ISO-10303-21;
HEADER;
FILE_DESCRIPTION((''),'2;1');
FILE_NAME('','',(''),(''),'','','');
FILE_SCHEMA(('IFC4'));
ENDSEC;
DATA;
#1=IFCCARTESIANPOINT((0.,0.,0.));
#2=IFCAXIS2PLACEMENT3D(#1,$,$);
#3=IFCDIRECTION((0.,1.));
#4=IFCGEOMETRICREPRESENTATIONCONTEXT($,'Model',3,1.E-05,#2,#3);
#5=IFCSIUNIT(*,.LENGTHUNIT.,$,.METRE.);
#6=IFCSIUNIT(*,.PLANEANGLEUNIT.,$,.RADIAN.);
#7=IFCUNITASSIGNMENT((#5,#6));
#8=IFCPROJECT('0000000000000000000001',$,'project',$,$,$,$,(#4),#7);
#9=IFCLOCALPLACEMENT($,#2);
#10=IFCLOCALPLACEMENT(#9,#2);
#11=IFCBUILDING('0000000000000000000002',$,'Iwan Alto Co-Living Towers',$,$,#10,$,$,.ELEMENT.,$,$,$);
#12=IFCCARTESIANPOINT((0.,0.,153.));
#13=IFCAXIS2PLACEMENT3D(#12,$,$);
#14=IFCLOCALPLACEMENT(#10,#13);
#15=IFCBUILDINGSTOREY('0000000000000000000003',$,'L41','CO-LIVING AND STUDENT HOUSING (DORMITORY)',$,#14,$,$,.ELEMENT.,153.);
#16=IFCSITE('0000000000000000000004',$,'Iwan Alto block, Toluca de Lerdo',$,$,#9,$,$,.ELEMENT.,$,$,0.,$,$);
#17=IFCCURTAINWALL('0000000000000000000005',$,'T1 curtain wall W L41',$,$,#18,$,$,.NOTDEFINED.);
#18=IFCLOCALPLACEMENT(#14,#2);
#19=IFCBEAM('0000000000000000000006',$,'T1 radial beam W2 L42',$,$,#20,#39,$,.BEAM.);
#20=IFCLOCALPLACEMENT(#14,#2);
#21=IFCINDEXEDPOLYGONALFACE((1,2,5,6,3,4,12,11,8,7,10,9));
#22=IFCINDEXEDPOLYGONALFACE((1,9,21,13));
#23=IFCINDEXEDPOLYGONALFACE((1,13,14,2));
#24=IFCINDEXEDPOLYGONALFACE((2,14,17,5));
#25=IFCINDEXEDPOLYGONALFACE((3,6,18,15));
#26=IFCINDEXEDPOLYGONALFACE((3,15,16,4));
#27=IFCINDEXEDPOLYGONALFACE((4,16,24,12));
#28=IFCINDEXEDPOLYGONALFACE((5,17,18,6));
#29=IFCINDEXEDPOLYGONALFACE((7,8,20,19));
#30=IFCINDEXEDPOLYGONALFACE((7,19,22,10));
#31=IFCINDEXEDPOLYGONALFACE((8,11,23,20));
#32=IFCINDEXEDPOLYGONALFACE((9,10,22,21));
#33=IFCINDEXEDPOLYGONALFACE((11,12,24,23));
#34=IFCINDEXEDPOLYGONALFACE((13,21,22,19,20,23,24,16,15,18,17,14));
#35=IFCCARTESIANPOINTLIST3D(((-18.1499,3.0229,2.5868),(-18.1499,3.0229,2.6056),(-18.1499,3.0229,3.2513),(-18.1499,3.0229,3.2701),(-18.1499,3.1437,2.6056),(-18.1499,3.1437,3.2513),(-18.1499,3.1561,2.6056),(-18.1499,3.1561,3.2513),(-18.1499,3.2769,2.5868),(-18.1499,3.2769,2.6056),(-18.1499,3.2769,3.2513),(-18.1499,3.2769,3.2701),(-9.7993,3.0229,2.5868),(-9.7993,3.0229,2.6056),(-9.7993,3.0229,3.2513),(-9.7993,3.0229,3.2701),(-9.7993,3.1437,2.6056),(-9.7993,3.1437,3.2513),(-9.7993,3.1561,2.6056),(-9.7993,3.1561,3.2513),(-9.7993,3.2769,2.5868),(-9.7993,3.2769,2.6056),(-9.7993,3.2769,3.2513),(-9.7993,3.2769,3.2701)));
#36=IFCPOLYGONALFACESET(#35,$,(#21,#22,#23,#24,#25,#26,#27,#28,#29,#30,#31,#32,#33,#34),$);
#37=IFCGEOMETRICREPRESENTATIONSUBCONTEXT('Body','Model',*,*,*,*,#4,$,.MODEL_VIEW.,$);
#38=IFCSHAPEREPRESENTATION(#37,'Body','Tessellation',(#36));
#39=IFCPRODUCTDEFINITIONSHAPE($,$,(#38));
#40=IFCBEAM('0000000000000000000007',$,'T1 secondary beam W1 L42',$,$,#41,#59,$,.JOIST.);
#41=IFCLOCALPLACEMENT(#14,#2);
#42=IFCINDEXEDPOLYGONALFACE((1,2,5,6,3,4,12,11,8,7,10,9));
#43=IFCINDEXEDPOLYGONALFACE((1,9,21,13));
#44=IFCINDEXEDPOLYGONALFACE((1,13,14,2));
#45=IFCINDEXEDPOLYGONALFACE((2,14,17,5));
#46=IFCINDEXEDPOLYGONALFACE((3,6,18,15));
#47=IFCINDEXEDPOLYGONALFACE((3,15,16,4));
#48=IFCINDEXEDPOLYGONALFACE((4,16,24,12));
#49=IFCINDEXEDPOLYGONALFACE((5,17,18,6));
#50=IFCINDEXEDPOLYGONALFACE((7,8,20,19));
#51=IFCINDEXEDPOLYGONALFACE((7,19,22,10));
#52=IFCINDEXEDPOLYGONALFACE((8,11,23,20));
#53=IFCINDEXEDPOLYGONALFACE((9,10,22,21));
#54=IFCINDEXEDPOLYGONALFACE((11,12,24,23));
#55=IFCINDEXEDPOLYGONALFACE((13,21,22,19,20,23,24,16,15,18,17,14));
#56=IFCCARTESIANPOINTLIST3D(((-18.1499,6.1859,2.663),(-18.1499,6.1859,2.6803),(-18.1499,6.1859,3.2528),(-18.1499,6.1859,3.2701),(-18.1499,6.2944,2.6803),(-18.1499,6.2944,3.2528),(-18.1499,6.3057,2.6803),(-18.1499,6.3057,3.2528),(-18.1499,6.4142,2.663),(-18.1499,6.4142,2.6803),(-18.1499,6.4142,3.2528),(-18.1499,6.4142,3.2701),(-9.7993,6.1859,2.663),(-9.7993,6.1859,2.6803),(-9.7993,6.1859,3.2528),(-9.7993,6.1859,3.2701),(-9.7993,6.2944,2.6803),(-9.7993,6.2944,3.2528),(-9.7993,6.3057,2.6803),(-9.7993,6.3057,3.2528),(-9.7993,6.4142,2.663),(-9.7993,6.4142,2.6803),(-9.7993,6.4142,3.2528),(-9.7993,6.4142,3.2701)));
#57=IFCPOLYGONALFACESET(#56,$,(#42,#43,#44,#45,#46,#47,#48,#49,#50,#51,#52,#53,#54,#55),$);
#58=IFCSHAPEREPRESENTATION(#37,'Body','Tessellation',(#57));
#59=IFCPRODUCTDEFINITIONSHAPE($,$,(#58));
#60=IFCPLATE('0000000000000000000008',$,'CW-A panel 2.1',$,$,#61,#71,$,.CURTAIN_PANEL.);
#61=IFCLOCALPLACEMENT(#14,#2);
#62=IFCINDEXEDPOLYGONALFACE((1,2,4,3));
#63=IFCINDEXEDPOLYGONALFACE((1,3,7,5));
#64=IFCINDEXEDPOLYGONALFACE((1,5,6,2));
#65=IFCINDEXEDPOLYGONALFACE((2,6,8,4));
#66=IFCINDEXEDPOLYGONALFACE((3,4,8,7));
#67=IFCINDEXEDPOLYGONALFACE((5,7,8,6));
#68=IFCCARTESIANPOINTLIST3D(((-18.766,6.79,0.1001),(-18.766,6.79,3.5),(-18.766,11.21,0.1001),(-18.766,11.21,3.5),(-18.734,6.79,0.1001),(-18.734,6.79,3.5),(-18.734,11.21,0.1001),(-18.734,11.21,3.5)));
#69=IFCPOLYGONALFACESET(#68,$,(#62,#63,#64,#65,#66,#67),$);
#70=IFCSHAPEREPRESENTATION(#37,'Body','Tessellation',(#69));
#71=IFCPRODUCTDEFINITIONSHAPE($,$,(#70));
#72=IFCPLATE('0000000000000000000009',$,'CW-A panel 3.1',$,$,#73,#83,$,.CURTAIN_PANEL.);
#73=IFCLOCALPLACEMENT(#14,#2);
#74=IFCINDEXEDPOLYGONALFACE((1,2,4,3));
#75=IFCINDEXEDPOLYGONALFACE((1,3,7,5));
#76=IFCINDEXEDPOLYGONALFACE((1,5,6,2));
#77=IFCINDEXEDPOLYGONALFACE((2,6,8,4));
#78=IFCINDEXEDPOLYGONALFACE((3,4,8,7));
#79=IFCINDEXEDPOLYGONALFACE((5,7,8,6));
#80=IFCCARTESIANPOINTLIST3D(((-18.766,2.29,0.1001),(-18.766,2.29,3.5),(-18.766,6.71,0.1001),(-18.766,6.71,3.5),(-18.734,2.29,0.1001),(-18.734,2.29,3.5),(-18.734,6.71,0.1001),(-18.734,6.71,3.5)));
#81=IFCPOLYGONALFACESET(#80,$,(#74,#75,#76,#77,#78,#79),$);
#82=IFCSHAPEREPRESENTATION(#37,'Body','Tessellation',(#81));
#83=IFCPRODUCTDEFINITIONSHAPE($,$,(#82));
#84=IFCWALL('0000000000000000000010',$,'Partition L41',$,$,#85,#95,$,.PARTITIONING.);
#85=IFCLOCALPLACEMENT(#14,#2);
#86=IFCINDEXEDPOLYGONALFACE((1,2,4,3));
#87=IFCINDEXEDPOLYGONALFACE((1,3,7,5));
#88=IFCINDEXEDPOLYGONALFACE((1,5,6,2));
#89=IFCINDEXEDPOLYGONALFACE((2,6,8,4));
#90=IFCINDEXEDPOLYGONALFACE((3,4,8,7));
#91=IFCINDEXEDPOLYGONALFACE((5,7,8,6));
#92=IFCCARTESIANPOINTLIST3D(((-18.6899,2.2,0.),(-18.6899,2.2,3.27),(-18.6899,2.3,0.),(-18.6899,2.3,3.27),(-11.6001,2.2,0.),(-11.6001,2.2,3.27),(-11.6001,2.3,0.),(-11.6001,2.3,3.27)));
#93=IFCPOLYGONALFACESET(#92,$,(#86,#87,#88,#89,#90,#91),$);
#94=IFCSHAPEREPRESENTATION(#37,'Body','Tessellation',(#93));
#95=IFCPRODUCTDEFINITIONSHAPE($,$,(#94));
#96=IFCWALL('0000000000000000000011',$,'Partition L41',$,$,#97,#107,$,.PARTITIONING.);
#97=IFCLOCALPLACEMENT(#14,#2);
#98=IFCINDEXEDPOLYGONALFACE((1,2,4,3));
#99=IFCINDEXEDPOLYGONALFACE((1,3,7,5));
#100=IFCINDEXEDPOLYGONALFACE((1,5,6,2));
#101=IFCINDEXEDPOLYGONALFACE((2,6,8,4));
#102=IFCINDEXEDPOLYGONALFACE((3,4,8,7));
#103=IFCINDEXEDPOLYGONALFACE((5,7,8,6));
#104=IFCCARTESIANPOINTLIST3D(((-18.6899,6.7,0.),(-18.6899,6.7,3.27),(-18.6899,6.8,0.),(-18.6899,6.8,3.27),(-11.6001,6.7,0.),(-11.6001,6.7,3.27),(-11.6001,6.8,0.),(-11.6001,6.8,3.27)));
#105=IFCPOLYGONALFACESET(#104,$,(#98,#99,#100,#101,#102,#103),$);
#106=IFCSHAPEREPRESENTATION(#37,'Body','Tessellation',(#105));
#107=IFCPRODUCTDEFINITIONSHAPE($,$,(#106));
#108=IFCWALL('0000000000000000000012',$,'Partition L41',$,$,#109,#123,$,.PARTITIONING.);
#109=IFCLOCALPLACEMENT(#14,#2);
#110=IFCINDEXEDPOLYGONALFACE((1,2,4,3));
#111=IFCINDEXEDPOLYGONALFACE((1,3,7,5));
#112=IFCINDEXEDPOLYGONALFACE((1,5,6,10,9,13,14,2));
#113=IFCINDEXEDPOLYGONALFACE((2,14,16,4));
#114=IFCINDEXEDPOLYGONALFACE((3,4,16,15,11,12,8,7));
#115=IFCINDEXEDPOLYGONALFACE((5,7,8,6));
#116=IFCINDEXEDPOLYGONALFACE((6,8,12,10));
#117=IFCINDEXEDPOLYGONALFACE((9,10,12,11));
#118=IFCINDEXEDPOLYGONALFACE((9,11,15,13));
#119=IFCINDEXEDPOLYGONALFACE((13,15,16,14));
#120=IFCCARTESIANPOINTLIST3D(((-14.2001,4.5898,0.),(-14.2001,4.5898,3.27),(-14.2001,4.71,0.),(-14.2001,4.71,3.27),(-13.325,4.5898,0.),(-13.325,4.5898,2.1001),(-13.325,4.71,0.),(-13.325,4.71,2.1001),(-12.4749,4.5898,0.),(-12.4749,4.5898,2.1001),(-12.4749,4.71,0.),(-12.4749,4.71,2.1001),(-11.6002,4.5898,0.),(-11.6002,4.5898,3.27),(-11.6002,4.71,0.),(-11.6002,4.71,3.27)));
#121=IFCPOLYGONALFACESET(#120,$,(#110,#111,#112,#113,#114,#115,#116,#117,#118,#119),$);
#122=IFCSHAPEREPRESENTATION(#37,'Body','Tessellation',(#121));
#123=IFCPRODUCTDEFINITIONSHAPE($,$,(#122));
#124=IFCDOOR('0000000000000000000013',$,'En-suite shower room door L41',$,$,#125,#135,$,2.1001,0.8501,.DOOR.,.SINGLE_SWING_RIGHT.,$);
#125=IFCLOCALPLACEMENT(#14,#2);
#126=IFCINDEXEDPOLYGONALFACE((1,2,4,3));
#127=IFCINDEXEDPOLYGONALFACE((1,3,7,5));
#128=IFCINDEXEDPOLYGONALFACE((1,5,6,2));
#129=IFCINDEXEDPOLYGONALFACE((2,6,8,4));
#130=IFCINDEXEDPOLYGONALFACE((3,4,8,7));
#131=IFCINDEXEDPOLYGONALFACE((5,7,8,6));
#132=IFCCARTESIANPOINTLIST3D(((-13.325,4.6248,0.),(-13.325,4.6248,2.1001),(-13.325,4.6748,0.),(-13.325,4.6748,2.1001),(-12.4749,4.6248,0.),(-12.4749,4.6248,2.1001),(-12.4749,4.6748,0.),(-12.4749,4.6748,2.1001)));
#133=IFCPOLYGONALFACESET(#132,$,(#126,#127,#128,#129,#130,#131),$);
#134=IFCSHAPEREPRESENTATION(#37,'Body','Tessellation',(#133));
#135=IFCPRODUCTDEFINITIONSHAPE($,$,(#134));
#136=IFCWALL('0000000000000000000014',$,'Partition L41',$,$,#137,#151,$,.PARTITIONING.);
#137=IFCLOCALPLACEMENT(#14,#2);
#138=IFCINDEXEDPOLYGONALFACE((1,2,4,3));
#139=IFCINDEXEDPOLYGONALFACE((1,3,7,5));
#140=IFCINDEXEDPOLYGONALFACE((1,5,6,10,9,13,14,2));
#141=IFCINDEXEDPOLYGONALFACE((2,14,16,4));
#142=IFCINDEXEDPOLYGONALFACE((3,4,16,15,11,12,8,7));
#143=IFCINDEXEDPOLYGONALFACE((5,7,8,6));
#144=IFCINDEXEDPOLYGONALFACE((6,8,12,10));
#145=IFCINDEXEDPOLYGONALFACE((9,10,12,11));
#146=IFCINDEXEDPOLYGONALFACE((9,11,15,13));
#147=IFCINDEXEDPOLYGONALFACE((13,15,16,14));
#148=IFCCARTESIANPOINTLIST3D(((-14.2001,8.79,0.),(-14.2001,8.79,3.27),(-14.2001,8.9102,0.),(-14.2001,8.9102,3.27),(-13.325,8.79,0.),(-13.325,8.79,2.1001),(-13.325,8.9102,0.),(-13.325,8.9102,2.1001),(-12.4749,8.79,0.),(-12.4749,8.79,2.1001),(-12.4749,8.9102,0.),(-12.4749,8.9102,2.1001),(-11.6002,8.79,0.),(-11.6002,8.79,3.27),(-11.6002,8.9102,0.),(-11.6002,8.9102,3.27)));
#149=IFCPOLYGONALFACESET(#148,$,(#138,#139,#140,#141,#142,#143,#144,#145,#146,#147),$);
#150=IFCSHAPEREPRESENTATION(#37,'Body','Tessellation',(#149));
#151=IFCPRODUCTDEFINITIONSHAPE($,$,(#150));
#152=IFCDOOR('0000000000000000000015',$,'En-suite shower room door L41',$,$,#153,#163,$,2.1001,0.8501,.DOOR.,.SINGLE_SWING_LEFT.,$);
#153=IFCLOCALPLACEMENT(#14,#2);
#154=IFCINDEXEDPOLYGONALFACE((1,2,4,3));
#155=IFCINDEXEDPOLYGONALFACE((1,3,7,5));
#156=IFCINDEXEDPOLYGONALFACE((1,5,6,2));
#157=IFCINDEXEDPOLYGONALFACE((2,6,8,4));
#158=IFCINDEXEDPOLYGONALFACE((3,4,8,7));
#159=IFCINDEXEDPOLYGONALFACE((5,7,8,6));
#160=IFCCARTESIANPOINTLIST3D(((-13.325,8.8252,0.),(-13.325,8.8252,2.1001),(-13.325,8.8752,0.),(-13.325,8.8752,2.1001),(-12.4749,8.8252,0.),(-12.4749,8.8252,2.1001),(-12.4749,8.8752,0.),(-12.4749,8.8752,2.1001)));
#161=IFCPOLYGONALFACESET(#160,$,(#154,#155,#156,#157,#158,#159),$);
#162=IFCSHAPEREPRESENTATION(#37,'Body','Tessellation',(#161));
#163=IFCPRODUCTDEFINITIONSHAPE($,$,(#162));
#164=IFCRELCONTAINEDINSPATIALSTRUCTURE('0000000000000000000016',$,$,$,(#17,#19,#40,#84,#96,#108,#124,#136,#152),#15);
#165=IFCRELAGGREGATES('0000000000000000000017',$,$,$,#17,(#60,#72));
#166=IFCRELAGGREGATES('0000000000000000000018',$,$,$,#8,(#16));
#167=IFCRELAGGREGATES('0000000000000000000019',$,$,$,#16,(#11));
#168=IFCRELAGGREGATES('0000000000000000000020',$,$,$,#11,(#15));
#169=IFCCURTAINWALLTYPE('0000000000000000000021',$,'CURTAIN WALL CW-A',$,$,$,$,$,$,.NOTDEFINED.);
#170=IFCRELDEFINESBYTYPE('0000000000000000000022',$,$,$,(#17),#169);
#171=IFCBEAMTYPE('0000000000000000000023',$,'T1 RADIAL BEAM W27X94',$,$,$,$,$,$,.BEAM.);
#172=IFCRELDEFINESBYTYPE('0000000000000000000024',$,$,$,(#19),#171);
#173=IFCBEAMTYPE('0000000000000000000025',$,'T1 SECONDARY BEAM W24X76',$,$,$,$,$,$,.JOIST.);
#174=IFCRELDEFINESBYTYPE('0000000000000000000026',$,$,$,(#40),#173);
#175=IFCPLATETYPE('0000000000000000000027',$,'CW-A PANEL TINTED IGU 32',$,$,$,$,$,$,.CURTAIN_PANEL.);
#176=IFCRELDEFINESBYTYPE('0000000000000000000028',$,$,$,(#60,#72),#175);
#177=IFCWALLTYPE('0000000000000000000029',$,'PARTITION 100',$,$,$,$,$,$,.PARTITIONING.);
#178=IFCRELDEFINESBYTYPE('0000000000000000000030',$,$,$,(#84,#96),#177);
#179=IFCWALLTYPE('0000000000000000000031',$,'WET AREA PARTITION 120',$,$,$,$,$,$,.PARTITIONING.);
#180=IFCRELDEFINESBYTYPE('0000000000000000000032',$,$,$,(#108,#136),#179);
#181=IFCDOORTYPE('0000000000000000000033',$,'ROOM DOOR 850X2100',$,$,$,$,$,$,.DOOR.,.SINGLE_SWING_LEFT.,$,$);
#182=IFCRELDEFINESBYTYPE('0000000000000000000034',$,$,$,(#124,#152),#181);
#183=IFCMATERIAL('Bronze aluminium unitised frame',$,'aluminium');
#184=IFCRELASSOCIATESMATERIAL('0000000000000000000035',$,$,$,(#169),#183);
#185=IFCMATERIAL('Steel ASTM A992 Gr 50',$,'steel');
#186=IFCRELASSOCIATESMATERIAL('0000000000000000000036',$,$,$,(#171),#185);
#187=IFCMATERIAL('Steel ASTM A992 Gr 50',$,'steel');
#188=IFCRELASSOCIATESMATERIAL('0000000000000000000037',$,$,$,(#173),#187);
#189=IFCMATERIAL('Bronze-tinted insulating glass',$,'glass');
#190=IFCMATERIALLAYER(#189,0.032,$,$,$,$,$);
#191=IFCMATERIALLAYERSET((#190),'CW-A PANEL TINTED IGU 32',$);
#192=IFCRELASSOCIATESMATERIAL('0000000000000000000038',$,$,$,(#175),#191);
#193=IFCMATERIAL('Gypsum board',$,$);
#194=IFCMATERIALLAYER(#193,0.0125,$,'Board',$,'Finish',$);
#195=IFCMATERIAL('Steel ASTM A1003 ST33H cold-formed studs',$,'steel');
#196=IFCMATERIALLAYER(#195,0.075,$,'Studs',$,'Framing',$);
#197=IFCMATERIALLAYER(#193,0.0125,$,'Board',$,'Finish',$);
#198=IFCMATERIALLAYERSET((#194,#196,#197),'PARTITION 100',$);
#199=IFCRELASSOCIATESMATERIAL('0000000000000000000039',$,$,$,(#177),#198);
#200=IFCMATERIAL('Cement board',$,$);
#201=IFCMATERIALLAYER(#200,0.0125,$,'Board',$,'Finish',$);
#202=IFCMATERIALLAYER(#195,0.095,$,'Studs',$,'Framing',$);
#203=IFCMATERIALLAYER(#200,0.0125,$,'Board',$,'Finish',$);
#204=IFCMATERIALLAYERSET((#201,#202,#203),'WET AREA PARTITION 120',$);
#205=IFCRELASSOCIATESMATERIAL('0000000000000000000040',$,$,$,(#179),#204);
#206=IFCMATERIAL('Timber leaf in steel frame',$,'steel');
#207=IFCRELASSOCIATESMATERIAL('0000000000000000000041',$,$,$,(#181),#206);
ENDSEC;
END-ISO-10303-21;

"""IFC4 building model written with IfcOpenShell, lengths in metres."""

from ifc_helpers import new_model, si_unit, direction, frame, frame_2d, origin, origin_2d, place, context, subcontext, project, spatial, rectangle, i_section, extrude, material, layer, layer_set, material_profile, profile_set, type_object, element, fill, aggregate, save


model = new_model("IFC4")

# Units and contexts
model_context = context("Model", 3, precision=1e-05, world=origin(), true_north=direction((0.0, 1.0)))
body_context = subcontext(model_context, "Body", "Model", "MODEL_VIEW")
ifc_project = project(units=[si_unit("LENGTHUNIT", "METRE"), si_unit("PLANEANGLEUNIT", "RADIAN")], contexts=[model_context])

# Site, building, storey
site_placement = place(None, origin())
site = spatial("IfcSite", under=ifc_project, at=site_placement, Name="Iwan Alto block, Toluca de Lerdo", CompositionType="ELEMENT", RefElevation=0.0)
building_placement = place(site_placement, origin())
building = spatial("IfcBuilding", under=site, at=building_placement, Name="Iwan Alto Co-Living Towers", CompositionType="ELEMENT")
storey_placement = place(building_placement, frame((0.0, 0.0, 153.0)))
storey = spatial("IfcBuildingStorey", under=building, at=storey_placement, Name="L41", Description="CO-LIVING AND STUDENT HOUSING (DORMITORY)", CompositionType="ELEMENT", Elevation=153.0)

# Curtain wall
ifc_material_1 = material(Name="Bronze aluminium unitised frame", Category="aluminium")
curtain_wall_type = type_object("IfcCurtainWallType", Name="CURTAIN WALL CW-A", PredefinedType="NOTDEFINED", material=ifc_material_1)
curtain_wall_placement = place(storey_placement, origin())
curtain_wall = element("IfcCurtainWall", 1, at=curtain_wall_placement, inside=storey, type_object=curtain_wall_type, Name="T1 curtain wall W L41", PredefinedType="NOTDEFINED")

# Beams
ifc_material_2 = material(Name="Steel ASTM A992 Gr 50", Category="steel")
ifc_material_profile_1 = material_profile(ifc_material_2, i_section(OverallWidth=0.2539, OverallDepth=0.6833, WebThickness=0.0125, FlangeThickness=0.0188, at=origin_2d()), Name="W27X94")
ifc_profile_set_1 = profile_set([ifc_material_profile_1], Name="Steel ASTM A992 Gr 50")
beam_type_1 = type_object("IfcBeamType", Name="T1 RADIAL BEAM W27X94", PredefinedType="BEAM", material=ifc_profile_set_1)
for number, where, z_axis, x_axis, name in (
    (2, (-18.1499, 3.1499, 2.9285), (1.0, 0.0, 0.0), (0.0, 1.0, 0.0), "T1 radial beam W2 L42"),
):
    element("IfcBeam", number, at=place(storey_placement, frame(where, z_axis=z_axis, x_axis=x_axis)), inside=storey, type_object=beam_type_1, Name=name, PredefinedType="BEAM", context=body_context, shape_type="SweptSolid", body=[
        extrude(i_section(OverallWidth=0.2539, OverallDepth=0.6833, WebThickness=0.0125, FlangeThickness=0.0188, at=origin_2d()), origin(), (0.0, 0.0, 1.0), 8.3506),
    ])
ifc_material_3 = material(Name="Steel ASTM A992 Gr 50", Category="steel")
ifc_material_profile_2 = material_profile(ifc_material_3, i_section(OverallWidth=0.2283, OverallDepth=0.6072, WebThickness=0.0112, FlangeThickness=0.0173, at=origin_2d()), Name="W24X76")
ifc_profile_set_2 = profile_set([ifc_material_profile_2], Name="Steel ASTM A992 Gr 50")
beam_type_2 = type_object("IfcBeamType", Name="T1 SECONDARY BEAM W24X76", PredefinedType="JOIST", material=ifc_profile_set_2)
beam_1_placement = place(storey_placement, frame((-18.1499, 6.3, 2.9666), z_axis=(1.0, 0.0, 0.0), x_axis=(0.0, 1.0, 0.0)))
element("IfcBeam", 3, at=beam_1_placement, inside=storey, type_object=beam_type_2, Name="T1 secondary beam W1 L42", PredefinedType="JOIST", context=body_context, shape_type="SweptSolid", body=[
    extrude(i_section(OverallWidth=0.2283, OverallDepth=0.6072, WebThickness=0.0112, FlangeThickness=0.0173, at=origin_2d()), origin(), (0.0, 0.0, 1.0), 8.3506),
])

# Plates
ifc_material_4 = material(Name="Bronze-tinted insulating glass", Category="glass")
ifc_layer_1 = layer(ifc_material_4, 0.032)
ifc_layer_set_1 = layer_set([ifc_layer_1], Name="CW-A PANEL TINTED IGU 32")
plate_type = type_object("IfcPlateType", Name="CW-A PANEL TINTED IGU 32", PredefinedType="CURTAIN_PANEL", material=ifc_layer_set_1)
plate_1_placement = place(storey_placement, frame((-18.75, 9.0, 0.1001), z_axis=(0.0, 0.0, 1.0), x_axis=(0.0, -1.0, 0.0)))
plate_1 = element("IfcPlate", 4, at=plate_1_placement, type_object=plate_type, Name="CW-A panel 2.1", PredefinedType="CURTAIN_PANEL", context=body_context, shape_type="SweptSolid", body=[
    extrude(rectangle(XDim=4.4199, YDim=0.032, at=origin_2d()), origin(), (0.0, 0.0, 1.0), 3.3999),
])
plate_2_placement = place(storey_placement, frame((-18.75, 4.5, 0.1001), z_axis=(0.0, 0.0, 1.0), x_axis=(0.0, -1.0, 0.0)))
plate_2 = element("IfcPlate", 5, at=plate_2_placement, type_object=plate_type, Name="CW-A panel 3.1", PredefinedType="CURTAIN_PANEL", context=body_context, shape_type="SweptSolid", body=[
    extrude(rectangle(XDim=4.4199, YDim=0.032, at=origin_2d()), origin(), (0.0, 0.0, 1.0), 3.3999),
])
aggregate(curtain_wall, [plate_1, plate_2])

# Walls
ifc_material_5 = material(Name="Gypsum board")
ifc_layer_2 = layer(ifc_material_5, 0.0125, Name="Board", Category="Finish")
ifc_material_6 = material(Name="Steel ASTM A1003 ST33H cold-formed studs", Category="steel")
ifc_layer_3 = layer(ifc_material_6, 0.075, Name="Studs", Category="Framing")
ifc_layer_4 = layer(ifc_material_5, 0.0125, Name="Board", Category="Finish")
ifc_layer_set_2 = layer_set([ifc_layer_2, ifc_layer_3, ifc_layer_4], Name="PARTITION 100")
wall_type_1 = type_object("IfcWallType", Name="PARTITION 100", PredefinedType="PARTITIONING", material=ifc_layer_set_2)
for number, where, z_axis, x_axis, name in (
    (6, (-18.6899, 2.25, 0.0), (0.0, 0.0, 1.0), (1.0, 0.0, 0.0), "Partition L41"),
    (7, (-18.6899, 6.75, 0.0), (0.0, 0.0, 1.0), (1.0, 0.0, 0.0), "Partition L41"),
):
    element("IfcWall", number, at=place(storey_placement, frame(where, z_axis=z_axis, x_axis=x_axis)), inside=storey, type_object=wall_type_1, Name=name, PredefinedType="PARTITIONING", context=body_context, shape_type="SweptSolid", body=[
        extrude(rectangle(XDim=7.0898, YDim=0.1001, at=frame_2d((3.5449, 0.0))), origin(), (0.0, 0.0, 1.0), 3.27),
    ])

# Walls, openings, doors
ifc_material_7 = material(Name="Cement board")
ifc_layer_5 = layer(ifc_material_7, 0.0125, Name="Board", Category="Finish")
ifc_layer_6 = layer(ifc_material_6, 0.095, Name="Studs", Category="Framing")
ifc_layer_7 = layer(ifc_material_7, 0.0125, Name="Board", Category="Finish")
ifc_layer_set_3 = layer_set([ifc_layer_5, ifc_layer_6, ifc_layer_7], Name="WET AREA PARTITION 120")
wall_type_2 = type_object("IfcWallType", Name="WET AREA PARTITION 120", PredefinedType="PARTITIONING", material=ifc_layer_set_3)
wall_1_placement = place(storey_placement, frame((-14.2, 4.6499, 0.0), z_axis=(0.0, 0.0, 1.0), x_axis=(1.0, 0.0, 0.0)))
wall_1 = element("IfcWall", 8, at=wall_1_placement, inside=storey, type_object=wall_type_2, Name="Partition L41", PredefinedType="PARTITIONING", context=body_context, shape_type="SweptSolid", body=[
    extrude(rectangle(XDim=2.5999, YDim=0.1201, at=frame_2d((1.2998, 0.0))), origin(), (0.0, 0.0, 1.0), 3.27),
])
opening_1_placement = place(wall_1_placement, frame((0.875, 0.0, 0.0)))
opening_1 = element("IfcOpeningElement", 9, at=opening_1_placement, cuts=wall_1, PredefinedType="OPENING", context=body_context, shape_type="SweptSolid", body=[
    extrude(rectangle(XDim=0.8501, YDim=2.1001, at=frame_2d((0.425, 1.05))), frame((0.0, 0.0701, 0.0), z_axis=(0.0, -1.0, 0.0), x_axis=(1.0, 0.0, 0.0)), (0.0, 0.0, 1.0), 0.1401),
])
ifc_material_8 = material(Name="Timber leaf in steel frame", Category="steel")
door_type = type_object("IfcDoorType", Name="ROOM DOOR 850X2100", OperationType="SINGLE_SWING_LEFT", PredefinedType="DOOR", material=ifc_material_8)
door_1_placement = place(opening_1_placement, origin())
door_1 = element("IfcDoor", 10, at=door_1_placement, inside=storey, type_object=door_type, Name="En-suite shower room door L41", OperationType="SINGLE_SWING_RIGHT", OverallHeight=2.1001, OverallWidth=0.8501, PredefinedType="DOOR", context=body_context, shape_type="SweptSolid", body=[
    extrude(rectangle(XDim=0.8501, YDim=2.1001, at=frame_2d((0.425, 1.05))), frame((0.0, 0.0249, 0.0), z_axis=(0.0, -1.0, 0.0), x_axis=(1.0, 0.0, 0.0)), (0.0, 0.0, 1.0), 0.05),
])
fill(opening_1, door_1)
wall_2_placement = place(storey_placement, frame((-14.2, 8.8501, 0.0), z_axis=(0.0, 0.0, 1.0), x_axis=(1.0, 0.0, 0.0)))
wall_2 = element("IfcWall", 11, at=wall_2_placement, inside=storey, type_object=wall_type_2, Name="Partition L41", PredefinedType="PARTITIONING", context=body_context, shape_type="SweptSolid", body=[
    extrude(rectangle(XDim=2.5999, YDim=0.1201, at=frame_2d((1.2998, 0.0))), origin(), (0.0, 0.0, 1.0), 3.27),
])
opening_2_placement = place(wall_2_placement, frame((0.875, 0.0, 0.0)))
opening_2 = element("IfcOpeningElement", 12, at=opening_2_placement, cuts=wall_2, PredefinedType="OPENING", context=body_context, shape_type="SweptSolid", body=[
    extrude(rectangle(XDim=0.8501, YDim=2.1001, at=frame_2d((0.425, 1.05))), frame((0.0, 0.0701, 0.0), z_axis=(0.0, -1.0, 0.0), x_axis=(1.0, 0.0, 0.0)), (0.0, 0.0, 1.0), 0.1401),
])
door_2_placement = place(opening_2_placement, frame((0.8501, 0.0, 0.0), z_axis=(0.0, 0.0, 1.0), x_axis=(-1.0, 0.0, 0.0)))
door_2 = element("IfcDoor", 13, at=door_2_placement, inside=storey, type_object=door_type, Name="En-suite shower room door L41", OperationType="SINGLE_SWING_LEFT", OverallHeight=2.1001, OverallWidth=0.8501, PredefinedType="DOOR", context=body_context, shape_type="SweptSolid", body=[
    extrude(rectangle(XDim=0.8501, YDim=2.1001, at=frame_2d((0.425, 1.05))), frame((0.0, 0.0249, 0.0), z_axis=(0.0, -1.0, 0.0), x_axis=(1.0, 0.0, 0.0)), (0.0, 0.0, 1.0), 0.05),
])
fill(opening_2, door_2)

save(model, "model.ifc")
